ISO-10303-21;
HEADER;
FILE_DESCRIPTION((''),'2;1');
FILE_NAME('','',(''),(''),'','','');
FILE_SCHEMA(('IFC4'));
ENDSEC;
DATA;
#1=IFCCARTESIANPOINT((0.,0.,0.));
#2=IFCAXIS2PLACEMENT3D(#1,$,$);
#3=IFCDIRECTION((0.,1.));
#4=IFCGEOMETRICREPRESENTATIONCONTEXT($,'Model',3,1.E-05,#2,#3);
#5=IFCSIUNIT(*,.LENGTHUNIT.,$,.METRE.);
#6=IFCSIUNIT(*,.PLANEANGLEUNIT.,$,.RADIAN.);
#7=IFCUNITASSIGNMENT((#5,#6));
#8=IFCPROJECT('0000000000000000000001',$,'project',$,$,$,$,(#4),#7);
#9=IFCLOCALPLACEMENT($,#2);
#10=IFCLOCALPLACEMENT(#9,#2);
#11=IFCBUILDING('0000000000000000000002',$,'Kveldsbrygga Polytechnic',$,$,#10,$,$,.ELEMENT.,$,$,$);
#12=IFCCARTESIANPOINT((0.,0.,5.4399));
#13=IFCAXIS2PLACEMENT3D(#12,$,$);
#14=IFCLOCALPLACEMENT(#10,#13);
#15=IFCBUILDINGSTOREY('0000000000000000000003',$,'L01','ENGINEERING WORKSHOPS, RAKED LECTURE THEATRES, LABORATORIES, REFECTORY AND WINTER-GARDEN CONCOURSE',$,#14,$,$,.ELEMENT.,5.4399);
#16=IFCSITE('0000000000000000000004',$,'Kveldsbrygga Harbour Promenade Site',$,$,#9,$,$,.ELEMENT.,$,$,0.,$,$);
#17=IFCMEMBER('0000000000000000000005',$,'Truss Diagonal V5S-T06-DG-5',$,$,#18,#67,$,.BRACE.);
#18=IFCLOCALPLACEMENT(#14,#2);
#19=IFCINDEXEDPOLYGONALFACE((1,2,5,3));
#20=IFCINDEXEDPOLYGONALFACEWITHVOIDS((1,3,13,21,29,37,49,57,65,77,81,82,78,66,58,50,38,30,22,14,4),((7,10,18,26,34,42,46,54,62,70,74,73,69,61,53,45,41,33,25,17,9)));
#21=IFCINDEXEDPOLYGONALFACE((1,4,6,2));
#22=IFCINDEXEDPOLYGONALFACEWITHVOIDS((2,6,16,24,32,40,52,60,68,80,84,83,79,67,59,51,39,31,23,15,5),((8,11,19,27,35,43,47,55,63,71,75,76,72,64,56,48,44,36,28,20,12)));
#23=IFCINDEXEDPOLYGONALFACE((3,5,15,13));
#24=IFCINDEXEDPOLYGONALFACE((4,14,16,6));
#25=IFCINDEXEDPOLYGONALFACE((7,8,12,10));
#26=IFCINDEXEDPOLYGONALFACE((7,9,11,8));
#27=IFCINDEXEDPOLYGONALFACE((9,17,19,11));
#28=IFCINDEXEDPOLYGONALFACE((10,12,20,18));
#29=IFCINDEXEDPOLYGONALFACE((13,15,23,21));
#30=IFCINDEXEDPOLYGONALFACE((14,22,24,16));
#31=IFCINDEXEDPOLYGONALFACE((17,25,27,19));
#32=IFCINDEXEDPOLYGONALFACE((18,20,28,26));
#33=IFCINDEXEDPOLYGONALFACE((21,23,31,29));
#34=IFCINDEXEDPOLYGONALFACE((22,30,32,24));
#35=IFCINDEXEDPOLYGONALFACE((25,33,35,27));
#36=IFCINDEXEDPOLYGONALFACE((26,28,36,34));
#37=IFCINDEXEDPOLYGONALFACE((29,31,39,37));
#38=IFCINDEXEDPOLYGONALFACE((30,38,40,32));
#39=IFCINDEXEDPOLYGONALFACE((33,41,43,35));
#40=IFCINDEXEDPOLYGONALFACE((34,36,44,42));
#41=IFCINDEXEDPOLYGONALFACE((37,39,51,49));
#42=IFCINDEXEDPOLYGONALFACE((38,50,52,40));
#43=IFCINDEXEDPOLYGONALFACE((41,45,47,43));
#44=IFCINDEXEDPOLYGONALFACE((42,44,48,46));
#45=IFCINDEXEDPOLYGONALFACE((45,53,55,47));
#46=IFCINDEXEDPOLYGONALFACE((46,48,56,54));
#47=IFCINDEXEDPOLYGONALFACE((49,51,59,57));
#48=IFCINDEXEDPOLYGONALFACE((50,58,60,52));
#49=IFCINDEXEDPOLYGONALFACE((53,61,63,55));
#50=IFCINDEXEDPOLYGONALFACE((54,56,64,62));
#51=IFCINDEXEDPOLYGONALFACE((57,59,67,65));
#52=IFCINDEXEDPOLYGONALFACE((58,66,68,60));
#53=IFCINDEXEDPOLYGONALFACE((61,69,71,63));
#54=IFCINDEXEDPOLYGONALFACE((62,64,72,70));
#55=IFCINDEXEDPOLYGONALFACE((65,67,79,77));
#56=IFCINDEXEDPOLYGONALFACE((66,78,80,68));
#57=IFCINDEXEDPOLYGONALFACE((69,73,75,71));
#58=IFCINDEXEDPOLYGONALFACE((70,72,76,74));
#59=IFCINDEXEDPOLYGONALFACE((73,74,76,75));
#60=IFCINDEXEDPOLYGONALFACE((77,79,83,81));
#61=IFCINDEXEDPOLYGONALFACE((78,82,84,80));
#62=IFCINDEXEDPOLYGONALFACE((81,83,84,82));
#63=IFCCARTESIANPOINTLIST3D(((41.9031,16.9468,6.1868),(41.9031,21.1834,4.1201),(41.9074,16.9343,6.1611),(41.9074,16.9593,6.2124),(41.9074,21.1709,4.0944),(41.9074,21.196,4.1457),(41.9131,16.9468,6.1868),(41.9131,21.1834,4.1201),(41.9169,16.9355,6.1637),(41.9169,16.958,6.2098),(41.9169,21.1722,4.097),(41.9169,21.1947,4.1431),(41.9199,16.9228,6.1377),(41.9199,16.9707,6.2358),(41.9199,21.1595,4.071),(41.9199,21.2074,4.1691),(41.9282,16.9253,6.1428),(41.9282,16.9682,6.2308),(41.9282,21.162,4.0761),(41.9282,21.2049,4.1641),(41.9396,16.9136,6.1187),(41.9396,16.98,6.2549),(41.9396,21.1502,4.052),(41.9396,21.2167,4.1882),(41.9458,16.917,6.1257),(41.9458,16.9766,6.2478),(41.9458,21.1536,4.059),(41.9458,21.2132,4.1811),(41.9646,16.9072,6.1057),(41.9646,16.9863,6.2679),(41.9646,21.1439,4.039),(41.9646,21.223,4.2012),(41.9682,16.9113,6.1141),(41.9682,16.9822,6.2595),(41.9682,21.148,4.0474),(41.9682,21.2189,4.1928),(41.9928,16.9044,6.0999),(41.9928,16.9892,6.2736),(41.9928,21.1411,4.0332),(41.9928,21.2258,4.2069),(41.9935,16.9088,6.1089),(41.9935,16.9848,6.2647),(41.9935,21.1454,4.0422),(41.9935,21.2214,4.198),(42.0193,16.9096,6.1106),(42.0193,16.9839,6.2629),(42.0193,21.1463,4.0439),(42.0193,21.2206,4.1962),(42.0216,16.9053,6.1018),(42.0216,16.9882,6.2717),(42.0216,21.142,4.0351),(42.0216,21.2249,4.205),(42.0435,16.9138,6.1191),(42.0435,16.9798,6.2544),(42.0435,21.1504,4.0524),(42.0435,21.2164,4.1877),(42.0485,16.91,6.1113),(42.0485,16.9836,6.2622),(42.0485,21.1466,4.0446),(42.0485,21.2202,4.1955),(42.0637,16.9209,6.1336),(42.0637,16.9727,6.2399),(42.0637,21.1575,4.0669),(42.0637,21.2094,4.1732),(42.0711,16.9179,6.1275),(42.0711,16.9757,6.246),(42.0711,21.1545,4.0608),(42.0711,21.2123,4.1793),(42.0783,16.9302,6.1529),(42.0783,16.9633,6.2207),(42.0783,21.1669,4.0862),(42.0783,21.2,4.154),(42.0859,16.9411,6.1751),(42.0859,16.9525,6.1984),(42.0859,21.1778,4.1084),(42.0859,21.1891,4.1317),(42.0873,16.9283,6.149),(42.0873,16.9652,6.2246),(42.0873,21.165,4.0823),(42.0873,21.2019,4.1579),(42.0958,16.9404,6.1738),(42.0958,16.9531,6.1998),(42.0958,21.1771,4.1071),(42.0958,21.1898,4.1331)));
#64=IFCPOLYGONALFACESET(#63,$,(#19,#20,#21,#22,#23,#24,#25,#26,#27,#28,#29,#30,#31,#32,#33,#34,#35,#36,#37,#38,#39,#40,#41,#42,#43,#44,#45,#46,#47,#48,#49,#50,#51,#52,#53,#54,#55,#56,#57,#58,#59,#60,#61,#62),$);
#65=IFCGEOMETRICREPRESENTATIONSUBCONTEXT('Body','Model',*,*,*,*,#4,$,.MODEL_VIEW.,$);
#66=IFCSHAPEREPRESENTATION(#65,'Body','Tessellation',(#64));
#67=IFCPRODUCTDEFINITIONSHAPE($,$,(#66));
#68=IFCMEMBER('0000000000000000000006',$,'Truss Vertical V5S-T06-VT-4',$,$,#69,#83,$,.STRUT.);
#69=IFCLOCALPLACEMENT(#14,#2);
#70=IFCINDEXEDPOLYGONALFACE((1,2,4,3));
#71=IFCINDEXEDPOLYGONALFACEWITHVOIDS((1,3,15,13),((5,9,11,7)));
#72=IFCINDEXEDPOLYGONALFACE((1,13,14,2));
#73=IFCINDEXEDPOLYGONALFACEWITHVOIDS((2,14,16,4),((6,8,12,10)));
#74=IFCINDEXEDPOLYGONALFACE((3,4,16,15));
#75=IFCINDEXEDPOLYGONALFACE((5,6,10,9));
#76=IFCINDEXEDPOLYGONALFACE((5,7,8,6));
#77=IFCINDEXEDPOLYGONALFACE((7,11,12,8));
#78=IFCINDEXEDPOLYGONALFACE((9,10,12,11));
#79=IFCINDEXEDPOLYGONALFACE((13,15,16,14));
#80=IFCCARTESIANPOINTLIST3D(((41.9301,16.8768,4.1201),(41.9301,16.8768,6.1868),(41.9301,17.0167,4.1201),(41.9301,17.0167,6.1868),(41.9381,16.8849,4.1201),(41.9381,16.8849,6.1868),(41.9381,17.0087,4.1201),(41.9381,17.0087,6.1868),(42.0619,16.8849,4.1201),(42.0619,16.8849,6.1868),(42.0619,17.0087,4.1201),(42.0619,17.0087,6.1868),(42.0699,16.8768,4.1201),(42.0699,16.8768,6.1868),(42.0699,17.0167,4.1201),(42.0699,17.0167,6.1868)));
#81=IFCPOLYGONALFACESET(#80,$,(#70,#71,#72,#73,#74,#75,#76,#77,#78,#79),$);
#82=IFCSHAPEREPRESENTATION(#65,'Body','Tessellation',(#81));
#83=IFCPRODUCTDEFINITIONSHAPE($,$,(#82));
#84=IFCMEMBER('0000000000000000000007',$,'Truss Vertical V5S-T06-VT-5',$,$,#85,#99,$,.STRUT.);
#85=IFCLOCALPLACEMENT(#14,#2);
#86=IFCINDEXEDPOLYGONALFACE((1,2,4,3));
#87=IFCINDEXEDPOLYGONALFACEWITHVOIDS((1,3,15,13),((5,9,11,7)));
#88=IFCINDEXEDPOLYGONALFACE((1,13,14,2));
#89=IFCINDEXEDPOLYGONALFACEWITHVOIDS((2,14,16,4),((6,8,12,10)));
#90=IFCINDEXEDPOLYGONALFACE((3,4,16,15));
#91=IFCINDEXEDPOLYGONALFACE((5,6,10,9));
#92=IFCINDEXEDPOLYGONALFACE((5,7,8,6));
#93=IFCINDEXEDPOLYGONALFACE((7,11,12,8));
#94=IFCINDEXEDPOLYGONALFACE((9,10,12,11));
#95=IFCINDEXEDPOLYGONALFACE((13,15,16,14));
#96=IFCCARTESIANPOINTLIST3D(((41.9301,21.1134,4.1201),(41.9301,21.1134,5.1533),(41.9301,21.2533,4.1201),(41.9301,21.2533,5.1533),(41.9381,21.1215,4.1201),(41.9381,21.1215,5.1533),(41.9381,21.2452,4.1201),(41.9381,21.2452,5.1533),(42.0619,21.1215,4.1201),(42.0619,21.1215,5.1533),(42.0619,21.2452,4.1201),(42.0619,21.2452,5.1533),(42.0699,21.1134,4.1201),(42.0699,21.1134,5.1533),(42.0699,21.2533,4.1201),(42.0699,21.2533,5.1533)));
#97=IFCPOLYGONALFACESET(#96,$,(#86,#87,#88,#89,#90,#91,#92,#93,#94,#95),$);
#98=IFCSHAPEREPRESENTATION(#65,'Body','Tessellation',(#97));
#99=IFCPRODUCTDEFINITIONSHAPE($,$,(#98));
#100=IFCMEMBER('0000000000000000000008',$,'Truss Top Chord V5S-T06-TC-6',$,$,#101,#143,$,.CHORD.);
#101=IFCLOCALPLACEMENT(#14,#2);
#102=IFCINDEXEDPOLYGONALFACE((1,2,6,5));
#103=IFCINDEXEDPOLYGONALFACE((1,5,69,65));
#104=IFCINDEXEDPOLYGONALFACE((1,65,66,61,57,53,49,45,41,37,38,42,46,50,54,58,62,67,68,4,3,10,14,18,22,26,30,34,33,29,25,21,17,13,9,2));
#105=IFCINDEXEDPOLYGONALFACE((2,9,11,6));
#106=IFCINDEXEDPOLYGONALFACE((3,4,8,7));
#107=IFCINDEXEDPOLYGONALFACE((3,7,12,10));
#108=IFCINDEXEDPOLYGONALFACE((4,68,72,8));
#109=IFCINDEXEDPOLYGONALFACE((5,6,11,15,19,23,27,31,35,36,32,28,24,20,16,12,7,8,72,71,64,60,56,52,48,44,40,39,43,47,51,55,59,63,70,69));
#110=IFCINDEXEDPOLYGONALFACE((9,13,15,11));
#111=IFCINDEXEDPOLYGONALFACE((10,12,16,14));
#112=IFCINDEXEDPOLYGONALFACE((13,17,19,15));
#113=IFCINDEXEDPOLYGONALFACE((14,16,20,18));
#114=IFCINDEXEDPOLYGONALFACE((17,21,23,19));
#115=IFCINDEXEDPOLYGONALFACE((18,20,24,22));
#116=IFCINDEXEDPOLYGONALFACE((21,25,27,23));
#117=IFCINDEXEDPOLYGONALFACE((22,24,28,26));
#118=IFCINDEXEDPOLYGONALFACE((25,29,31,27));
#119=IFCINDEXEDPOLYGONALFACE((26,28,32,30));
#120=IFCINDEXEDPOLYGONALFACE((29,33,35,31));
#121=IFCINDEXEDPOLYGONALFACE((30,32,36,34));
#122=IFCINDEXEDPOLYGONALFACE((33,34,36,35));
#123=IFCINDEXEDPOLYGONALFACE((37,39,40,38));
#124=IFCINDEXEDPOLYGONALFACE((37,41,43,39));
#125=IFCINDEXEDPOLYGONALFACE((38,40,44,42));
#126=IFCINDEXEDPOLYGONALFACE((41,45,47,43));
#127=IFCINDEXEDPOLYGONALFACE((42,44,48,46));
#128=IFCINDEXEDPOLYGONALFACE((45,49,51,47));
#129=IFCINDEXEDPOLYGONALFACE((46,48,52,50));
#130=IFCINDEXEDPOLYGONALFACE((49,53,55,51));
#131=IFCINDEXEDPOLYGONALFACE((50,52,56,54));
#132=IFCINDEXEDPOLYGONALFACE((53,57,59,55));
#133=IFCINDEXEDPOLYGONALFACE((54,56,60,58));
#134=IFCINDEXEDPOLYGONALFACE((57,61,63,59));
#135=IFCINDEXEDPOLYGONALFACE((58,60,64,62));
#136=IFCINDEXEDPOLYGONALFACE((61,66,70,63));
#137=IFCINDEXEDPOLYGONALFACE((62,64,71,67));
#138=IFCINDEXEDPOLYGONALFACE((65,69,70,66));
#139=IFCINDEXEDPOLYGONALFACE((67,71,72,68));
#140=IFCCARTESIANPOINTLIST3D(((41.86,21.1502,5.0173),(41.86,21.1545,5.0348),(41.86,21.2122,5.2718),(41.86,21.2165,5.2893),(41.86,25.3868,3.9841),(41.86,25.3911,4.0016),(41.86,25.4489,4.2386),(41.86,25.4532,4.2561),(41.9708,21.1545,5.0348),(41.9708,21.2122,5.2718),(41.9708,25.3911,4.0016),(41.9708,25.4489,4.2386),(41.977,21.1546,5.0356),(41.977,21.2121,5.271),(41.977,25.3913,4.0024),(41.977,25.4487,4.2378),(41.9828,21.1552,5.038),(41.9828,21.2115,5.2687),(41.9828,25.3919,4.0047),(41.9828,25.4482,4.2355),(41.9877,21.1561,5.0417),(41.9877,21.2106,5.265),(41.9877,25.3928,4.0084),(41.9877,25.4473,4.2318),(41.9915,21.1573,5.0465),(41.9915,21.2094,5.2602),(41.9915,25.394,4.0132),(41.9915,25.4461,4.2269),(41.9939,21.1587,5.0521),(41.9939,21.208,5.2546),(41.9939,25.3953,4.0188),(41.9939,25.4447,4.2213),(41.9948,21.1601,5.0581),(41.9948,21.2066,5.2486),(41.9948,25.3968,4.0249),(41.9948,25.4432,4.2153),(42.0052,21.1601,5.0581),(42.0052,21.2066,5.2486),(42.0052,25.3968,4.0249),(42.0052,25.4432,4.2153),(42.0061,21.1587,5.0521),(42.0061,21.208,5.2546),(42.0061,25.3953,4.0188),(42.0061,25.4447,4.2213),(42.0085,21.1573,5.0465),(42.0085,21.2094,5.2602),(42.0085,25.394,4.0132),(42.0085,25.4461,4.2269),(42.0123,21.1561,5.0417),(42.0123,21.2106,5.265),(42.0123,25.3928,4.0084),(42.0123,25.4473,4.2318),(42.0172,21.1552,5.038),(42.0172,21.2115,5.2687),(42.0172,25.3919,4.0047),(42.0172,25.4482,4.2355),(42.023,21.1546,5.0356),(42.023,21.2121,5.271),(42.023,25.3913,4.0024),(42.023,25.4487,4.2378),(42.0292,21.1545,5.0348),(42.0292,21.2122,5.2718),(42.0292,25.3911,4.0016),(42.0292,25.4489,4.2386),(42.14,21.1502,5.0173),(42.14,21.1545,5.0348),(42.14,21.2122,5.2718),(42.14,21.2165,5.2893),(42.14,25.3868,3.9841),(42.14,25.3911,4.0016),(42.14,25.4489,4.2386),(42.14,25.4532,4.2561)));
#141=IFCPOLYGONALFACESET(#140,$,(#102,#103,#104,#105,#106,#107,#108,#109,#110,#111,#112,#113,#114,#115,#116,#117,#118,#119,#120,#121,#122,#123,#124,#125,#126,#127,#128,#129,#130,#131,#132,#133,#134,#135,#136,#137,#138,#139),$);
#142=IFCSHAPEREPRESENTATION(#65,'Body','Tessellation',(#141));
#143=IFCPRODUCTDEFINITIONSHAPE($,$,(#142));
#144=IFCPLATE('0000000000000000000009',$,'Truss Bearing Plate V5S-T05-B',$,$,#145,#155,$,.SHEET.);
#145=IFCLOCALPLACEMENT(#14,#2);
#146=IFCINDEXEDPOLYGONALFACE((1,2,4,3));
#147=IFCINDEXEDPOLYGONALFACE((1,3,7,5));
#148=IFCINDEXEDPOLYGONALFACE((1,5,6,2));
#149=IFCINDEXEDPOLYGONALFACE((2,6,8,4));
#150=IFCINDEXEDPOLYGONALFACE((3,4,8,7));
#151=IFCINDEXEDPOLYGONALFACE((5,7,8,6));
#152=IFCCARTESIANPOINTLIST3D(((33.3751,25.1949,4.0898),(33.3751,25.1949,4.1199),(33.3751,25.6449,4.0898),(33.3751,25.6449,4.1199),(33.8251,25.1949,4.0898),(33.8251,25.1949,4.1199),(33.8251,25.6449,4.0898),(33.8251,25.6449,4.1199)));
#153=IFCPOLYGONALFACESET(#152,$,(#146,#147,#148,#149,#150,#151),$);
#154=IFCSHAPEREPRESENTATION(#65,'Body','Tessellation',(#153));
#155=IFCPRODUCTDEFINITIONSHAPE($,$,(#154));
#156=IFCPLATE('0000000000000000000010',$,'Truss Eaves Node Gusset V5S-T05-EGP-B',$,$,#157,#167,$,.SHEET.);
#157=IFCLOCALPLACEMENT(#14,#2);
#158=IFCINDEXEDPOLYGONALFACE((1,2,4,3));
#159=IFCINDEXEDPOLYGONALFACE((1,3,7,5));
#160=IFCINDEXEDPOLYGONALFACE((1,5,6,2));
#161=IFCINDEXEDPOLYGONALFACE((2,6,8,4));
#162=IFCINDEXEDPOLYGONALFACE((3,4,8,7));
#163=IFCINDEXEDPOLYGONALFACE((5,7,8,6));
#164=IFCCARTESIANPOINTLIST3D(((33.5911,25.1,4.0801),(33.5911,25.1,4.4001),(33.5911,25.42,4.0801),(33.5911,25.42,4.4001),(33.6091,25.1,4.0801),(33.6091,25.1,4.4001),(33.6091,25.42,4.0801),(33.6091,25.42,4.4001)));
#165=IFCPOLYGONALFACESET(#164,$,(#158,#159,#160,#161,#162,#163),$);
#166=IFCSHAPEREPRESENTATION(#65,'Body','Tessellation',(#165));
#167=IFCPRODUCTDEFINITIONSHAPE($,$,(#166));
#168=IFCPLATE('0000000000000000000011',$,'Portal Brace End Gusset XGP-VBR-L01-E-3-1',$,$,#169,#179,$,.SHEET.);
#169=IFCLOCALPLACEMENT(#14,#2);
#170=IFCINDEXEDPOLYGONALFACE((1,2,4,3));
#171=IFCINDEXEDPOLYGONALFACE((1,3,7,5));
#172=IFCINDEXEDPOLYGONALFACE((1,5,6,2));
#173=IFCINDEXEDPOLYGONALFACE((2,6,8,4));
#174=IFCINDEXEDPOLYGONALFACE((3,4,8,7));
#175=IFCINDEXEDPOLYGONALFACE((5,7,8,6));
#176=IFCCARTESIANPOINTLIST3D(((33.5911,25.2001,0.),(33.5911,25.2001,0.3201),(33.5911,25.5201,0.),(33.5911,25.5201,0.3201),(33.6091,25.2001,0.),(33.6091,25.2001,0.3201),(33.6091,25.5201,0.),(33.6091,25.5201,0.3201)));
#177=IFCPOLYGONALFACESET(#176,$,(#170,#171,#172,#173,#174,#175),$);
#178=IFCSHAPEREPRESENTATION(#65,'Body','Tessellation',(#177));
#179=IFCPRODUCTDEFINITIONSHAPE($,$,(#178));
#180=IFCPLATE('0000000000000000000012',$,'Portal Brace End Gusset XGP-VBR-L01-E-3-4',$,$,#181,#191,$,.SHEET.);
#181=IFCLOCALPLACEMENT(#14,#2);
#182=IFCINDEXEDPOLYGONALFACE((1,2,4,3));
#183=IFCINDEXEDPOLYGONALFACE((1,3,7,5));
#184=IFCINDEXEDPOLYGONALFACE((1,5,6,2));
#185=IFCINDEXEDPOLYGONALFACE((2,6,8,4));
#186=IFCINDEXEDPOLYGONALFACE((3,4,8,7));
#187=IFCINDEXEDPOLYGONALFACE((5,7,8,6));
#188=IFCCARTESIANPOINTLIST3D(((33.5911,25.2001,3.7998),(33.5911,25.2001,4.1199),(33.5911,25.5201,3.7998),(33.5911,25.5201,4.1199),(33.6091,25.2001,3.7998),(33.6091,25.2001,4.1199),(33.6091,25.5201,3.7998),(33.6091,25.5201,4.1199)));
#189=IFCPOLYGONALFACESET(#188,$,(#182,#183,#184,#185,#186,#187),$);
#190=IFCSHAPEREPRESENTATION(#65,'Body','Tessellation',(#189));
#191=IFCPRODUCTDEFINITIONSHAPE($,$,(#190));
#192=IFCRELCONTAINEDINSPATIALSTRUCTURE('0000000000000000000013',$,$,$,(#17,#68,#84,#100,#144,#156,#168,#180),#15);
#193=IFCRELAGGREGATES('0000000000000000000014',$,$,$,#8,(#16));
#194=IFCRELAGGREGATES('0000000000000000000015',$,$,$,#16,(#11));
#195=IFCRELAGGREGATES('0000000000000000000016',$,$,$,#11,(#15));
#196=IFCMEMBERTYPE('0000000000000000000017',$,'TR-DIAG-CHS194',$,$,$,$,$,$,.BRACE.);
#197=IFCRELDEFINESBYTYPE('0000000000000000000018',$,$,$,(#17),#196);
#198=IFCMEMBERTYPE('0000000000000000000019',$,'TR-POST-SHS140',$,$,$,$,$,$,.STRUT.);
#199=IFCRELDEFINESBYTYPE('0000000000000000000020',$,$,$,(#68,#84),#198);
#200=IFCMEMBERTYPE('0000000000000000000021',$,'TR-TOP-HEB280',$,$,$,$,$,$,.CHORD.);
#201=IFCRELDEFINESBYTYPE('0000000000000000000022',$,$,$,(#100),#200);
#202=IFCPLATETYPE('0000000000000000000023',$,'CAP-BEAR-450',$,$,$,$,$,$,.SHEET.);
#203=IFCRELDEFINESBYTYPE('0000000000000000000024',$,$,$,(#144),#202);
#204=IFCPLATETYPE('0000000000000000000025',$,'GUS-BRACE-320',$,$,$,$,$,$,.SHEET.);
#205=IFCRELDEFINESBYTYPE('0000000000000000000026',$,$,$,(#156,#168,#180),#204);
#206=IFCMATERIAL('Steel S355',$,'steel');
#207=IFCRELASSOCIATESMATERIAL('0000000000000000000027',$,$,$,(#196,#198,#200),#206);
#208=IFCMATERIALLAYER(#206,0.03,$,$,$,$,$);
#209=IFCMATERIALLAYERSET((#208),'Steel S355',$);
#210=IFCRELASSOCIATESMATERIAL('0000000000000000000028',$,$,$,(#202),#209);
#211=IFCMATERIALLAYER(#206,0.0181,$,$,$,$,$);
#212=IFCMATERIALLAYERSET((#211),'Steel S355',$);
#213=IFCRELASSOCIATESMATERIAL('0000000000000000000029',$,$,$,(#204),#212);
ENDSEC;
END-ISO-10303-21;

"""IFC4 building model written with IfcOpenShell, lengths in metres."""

from ifc_helpers import new_model, si_unit, direction, frame, origin, origin_2d, place, context, subcontext, project, spatial, rectangle, hollow_rectangle, hollow_circle, i_section, extrude, material, layer, layer_set, material_profile, profile_set, type_object, element, save


model = new_model("IFC4")

# Units and contexts
model_context = context("Model", 3, precision=1e-05, world=origin(), true_north=direction((0.0, 1.0)))
body_context = subcontext(model_context, "Body", "Model", "MODEL_VIEW")
ifc_project = project(units=[si_unit("LENGTHUNIT", "METRE"), si_unit("PLANEANGLEUNIT", "RADIAN")], contexts=[model_context])

# Site, building, storey
site_placement = place(None, origin())
site = spatial("IfcSite", under=ifc_project, at=site_placement, Name="Kveldsbrygga Harbour Promenade Site", CompositionType="ELEMENT", RefElevation=0.0)
building_placement = place(site_placement, origin())
building = spatial("IfcBuilding", under=site, at=building_placement, Name="Kveldsbrygga Polytechnic", CompositionType="ELEMENT")
storey_placement = place(building_placement, frame((0.0, 0.0, 5.4399)))
storey = spatial("IfcBuildingStorey", under=building, at=storey_placement, Name="L01", Description="ENGINEERING WORKSHOPS, RAKED LECTURE THEATRES, LABORATORIES, REFECTORY AND WINTER-GARDEN CONCOURSE", CompositionType="ELEMENT", Elevation=5.4399)

# Shared definitions
ifc_material_1 = material(Name="Steel S355", Category="steel")

# Members
ifc_material_profile_1 = material_profile(ifc_material_1, hollow_circle(Radius=0.0969, WallThickness=0.01, at=origin_2d()), Name="CHS 193.7x10.0")
ifc_profile_set_1 = profile_set([ifc_material_profile_1], Name="Steel S355")
member_type_1 = type_object("IfcMemberType", Name="TR-DIAG-CHS194", PredefinedType="BRACE", material=ifc_profile_set_1)
member_1_placement = place(storey_placement, frame((42.0, 16.9468, 6.1868), z_axis=(0.0, 0.898766, -0.438429), x_axis=(-1.0, 0.0, 0.0)))
element("IfcMember", 1, at=member_1_placement, inside=storey, type_object=member_type_1, Name="Truss Diagonal V5S-T06-DG-5", PredefinedType="BRACE", context=body_context, shape_type="SweptSolid", body=[
    extrude(hollow_circle(Radius=0.0969, WallThickness=0.01, at=origin_2d()), origin(), (0.0, 0.0, 1.0), 4.7139),
])
ifc_material_profile_2 = material_profile(ifc_material_1, hollow_rectangle(XDim=0.1399, YDim=0.1399, WallThickness=0.0081, at=origin_2d()), Name="SHS 140x140x8.0")
ifc_profile_set_2 = profile_set([ifc_material_profile_2], Name="Steel S355")
member_type_2 = type_object("IfcMemberType", Name="TR-POST-SHS140", PredefinedType="STRUT", material=ifc_profile_set_2)
member_2_placement = place(storey_placement, frame((42.0, 16.9468, 4.1201), z_axis=(0.0, 0.0, 1.0), x_axis=(1.0, 0.0, 0.0)))
element("IfcMember", 2, at=member_2_placement, inside=storey, type_object=member_type_2, Name="Truss Vertical V5S-T06-VT-4", PredefinedType="STRUT", context=body_context, shape_type="SweptSolid", body=[
    extrude(hollow_rectangle(XDim=0.1399, YDim=0.1399, WallThickness=0.0081, at=origin_2d()), origin(), (0.0, 0.0, 1.0), 2.0667),
])
member_3_placement = place(storey_placement, frame((42.0, 21.1833, 4.1201), z_axis=(0.0, 0.0, 1.0), x_axis=(1.0, 0.0, 0.0)))
element("IfcMember", 3, at=member_3_placement, inside=storey, type_object=member_type_2, Name="Truss Vertical V5S-T06-VT-5", PredefinedType="STRUT", context=body_context, shape_type="SweptSolid", body=[
    extrude(hollow_rectangle(XDim=0.1399, YDim=0.1399, WallThickness=0.0081, at=origin_2d()), origin(), (0.0, 0.0, 1.0), 1.0332),
])
ifc_material_profile_3 = material_profile(ifc_material_1, i_section(OverallWidth=0.28, OverallDepth=0.28, WebThickness=0.0105, FlangeThickness=0.0181, FilletRadius=0.0239, at=origin_2d()), Name="HEB 280")
ifc_profile_set_3 = profile_set([ifc_material_profile_3], Name="Steel S355")
member_type_3 = type_object("IfcMemberType", Name="TR-TOP-HEB280", PredefinedType="CHORD", material=ifc_profile_set_3)
member_4_placement = place(storey_placement, frame((42.0, 21.1833, 5.1533), z_axis=(0.0, 0.971526, -0.236933), x_axis=(-1.0, 0.0, 0.0)))
element("IfcMember", 4, at=member_4_placement, inside=storey, type_object=member_type_3, Name="Truss Top Chord V5S-T06-TC-6", PredefinedType="CHORD", context=body_context, shape_type="SweptSolid", body=[
    extrude(i_section(OverallWidth=0.28, OverallDepth=0.28, WebThickness=0.0105, FlangeThickness=0.0181, FilletRadius=0.0239, at=origin_2d()), origin(), (0.0, 0.0, 1.0), 4.3608),
])

# Plates
ifc_layer_1 = layer(ifc_material_1, 0.03)
ifc_layer_set_1 = layer_set([ifc_layer_1], Name="Steel S355")
plate_type_1 = type_object("IfcPlateType", Name="CAP-BEAR-450", PredefinedType="SHEET", material=ifc_layer_set_1)
plate_placement = place(storey_placement, frame((33.6001, 25.4199, 4.0898), z_axis=(0.0, 0.0, 1.0), x_axis=(1.0, 0.0, 0.0)))
element("IfcPlate", 5, at=plate_placement, inside=storey, type_object=plate_type_1, Name="Truss Bearing Plate V5S-T05-B", PredefinedType="SHEET", context=body_context, shape_type="SweptSolid", body=[
    extrude(rectangle(XDim=0.45, YDim=0.45, at=origin_2d()), origin(), (0.0, 0.0, 1.0), 0.03),
])
ifc_layer_2 = layer(ifc_material_1, 0.0181)
ifc_layer_set_2 = layer_set([ifc_layer_2], Name="Steel S355")
plate_type_2 = type_object("IfcPlateType", Name="GUS-BRACE-320", PredefinedType="SHEET", material=ifc_layer_set_2)
for number, where, z_axis, x_axis, name in (
    (6, (33.6001, 25.26, 4.0801), (0.0, 0.0, 1.0), (1.0, 0.0, 0.0), "Truss Eaves Node Gusset V5S-T05-EGP-B"),
    (7, (33.6001, 25.3601, 0.0), (0.0, 0.0, 1.0), (1.0, 0.0, 0.0), "Portal Brace End Gusset XGP-VBR-L01-E-3-1"),
    (8, (33.6001, 25.3601, 3.7998), (0.0, 0.0, 1.0), (1.0, 0.0, 0.0), "Portal Brace End Gusset XGP-VBR-L01-E-3-4"),
):
    element("IfcPlate", number, at=place(storey_placement, frame(where, z_axis=z_axis, x_axis=x_axis)), inside=storey, type_object=plate_type_2, Name=name, PredefinedType="SHEET", context=body_context, shape_type="SweptSolid", body=[
        extrude(rectangle(XDim=0.0181, YDim=0.3201, at=origin_2d()), origin(), (0.0, 0.0, 1.0), 0.3201),
    ])

save(model, "model.ifc")
